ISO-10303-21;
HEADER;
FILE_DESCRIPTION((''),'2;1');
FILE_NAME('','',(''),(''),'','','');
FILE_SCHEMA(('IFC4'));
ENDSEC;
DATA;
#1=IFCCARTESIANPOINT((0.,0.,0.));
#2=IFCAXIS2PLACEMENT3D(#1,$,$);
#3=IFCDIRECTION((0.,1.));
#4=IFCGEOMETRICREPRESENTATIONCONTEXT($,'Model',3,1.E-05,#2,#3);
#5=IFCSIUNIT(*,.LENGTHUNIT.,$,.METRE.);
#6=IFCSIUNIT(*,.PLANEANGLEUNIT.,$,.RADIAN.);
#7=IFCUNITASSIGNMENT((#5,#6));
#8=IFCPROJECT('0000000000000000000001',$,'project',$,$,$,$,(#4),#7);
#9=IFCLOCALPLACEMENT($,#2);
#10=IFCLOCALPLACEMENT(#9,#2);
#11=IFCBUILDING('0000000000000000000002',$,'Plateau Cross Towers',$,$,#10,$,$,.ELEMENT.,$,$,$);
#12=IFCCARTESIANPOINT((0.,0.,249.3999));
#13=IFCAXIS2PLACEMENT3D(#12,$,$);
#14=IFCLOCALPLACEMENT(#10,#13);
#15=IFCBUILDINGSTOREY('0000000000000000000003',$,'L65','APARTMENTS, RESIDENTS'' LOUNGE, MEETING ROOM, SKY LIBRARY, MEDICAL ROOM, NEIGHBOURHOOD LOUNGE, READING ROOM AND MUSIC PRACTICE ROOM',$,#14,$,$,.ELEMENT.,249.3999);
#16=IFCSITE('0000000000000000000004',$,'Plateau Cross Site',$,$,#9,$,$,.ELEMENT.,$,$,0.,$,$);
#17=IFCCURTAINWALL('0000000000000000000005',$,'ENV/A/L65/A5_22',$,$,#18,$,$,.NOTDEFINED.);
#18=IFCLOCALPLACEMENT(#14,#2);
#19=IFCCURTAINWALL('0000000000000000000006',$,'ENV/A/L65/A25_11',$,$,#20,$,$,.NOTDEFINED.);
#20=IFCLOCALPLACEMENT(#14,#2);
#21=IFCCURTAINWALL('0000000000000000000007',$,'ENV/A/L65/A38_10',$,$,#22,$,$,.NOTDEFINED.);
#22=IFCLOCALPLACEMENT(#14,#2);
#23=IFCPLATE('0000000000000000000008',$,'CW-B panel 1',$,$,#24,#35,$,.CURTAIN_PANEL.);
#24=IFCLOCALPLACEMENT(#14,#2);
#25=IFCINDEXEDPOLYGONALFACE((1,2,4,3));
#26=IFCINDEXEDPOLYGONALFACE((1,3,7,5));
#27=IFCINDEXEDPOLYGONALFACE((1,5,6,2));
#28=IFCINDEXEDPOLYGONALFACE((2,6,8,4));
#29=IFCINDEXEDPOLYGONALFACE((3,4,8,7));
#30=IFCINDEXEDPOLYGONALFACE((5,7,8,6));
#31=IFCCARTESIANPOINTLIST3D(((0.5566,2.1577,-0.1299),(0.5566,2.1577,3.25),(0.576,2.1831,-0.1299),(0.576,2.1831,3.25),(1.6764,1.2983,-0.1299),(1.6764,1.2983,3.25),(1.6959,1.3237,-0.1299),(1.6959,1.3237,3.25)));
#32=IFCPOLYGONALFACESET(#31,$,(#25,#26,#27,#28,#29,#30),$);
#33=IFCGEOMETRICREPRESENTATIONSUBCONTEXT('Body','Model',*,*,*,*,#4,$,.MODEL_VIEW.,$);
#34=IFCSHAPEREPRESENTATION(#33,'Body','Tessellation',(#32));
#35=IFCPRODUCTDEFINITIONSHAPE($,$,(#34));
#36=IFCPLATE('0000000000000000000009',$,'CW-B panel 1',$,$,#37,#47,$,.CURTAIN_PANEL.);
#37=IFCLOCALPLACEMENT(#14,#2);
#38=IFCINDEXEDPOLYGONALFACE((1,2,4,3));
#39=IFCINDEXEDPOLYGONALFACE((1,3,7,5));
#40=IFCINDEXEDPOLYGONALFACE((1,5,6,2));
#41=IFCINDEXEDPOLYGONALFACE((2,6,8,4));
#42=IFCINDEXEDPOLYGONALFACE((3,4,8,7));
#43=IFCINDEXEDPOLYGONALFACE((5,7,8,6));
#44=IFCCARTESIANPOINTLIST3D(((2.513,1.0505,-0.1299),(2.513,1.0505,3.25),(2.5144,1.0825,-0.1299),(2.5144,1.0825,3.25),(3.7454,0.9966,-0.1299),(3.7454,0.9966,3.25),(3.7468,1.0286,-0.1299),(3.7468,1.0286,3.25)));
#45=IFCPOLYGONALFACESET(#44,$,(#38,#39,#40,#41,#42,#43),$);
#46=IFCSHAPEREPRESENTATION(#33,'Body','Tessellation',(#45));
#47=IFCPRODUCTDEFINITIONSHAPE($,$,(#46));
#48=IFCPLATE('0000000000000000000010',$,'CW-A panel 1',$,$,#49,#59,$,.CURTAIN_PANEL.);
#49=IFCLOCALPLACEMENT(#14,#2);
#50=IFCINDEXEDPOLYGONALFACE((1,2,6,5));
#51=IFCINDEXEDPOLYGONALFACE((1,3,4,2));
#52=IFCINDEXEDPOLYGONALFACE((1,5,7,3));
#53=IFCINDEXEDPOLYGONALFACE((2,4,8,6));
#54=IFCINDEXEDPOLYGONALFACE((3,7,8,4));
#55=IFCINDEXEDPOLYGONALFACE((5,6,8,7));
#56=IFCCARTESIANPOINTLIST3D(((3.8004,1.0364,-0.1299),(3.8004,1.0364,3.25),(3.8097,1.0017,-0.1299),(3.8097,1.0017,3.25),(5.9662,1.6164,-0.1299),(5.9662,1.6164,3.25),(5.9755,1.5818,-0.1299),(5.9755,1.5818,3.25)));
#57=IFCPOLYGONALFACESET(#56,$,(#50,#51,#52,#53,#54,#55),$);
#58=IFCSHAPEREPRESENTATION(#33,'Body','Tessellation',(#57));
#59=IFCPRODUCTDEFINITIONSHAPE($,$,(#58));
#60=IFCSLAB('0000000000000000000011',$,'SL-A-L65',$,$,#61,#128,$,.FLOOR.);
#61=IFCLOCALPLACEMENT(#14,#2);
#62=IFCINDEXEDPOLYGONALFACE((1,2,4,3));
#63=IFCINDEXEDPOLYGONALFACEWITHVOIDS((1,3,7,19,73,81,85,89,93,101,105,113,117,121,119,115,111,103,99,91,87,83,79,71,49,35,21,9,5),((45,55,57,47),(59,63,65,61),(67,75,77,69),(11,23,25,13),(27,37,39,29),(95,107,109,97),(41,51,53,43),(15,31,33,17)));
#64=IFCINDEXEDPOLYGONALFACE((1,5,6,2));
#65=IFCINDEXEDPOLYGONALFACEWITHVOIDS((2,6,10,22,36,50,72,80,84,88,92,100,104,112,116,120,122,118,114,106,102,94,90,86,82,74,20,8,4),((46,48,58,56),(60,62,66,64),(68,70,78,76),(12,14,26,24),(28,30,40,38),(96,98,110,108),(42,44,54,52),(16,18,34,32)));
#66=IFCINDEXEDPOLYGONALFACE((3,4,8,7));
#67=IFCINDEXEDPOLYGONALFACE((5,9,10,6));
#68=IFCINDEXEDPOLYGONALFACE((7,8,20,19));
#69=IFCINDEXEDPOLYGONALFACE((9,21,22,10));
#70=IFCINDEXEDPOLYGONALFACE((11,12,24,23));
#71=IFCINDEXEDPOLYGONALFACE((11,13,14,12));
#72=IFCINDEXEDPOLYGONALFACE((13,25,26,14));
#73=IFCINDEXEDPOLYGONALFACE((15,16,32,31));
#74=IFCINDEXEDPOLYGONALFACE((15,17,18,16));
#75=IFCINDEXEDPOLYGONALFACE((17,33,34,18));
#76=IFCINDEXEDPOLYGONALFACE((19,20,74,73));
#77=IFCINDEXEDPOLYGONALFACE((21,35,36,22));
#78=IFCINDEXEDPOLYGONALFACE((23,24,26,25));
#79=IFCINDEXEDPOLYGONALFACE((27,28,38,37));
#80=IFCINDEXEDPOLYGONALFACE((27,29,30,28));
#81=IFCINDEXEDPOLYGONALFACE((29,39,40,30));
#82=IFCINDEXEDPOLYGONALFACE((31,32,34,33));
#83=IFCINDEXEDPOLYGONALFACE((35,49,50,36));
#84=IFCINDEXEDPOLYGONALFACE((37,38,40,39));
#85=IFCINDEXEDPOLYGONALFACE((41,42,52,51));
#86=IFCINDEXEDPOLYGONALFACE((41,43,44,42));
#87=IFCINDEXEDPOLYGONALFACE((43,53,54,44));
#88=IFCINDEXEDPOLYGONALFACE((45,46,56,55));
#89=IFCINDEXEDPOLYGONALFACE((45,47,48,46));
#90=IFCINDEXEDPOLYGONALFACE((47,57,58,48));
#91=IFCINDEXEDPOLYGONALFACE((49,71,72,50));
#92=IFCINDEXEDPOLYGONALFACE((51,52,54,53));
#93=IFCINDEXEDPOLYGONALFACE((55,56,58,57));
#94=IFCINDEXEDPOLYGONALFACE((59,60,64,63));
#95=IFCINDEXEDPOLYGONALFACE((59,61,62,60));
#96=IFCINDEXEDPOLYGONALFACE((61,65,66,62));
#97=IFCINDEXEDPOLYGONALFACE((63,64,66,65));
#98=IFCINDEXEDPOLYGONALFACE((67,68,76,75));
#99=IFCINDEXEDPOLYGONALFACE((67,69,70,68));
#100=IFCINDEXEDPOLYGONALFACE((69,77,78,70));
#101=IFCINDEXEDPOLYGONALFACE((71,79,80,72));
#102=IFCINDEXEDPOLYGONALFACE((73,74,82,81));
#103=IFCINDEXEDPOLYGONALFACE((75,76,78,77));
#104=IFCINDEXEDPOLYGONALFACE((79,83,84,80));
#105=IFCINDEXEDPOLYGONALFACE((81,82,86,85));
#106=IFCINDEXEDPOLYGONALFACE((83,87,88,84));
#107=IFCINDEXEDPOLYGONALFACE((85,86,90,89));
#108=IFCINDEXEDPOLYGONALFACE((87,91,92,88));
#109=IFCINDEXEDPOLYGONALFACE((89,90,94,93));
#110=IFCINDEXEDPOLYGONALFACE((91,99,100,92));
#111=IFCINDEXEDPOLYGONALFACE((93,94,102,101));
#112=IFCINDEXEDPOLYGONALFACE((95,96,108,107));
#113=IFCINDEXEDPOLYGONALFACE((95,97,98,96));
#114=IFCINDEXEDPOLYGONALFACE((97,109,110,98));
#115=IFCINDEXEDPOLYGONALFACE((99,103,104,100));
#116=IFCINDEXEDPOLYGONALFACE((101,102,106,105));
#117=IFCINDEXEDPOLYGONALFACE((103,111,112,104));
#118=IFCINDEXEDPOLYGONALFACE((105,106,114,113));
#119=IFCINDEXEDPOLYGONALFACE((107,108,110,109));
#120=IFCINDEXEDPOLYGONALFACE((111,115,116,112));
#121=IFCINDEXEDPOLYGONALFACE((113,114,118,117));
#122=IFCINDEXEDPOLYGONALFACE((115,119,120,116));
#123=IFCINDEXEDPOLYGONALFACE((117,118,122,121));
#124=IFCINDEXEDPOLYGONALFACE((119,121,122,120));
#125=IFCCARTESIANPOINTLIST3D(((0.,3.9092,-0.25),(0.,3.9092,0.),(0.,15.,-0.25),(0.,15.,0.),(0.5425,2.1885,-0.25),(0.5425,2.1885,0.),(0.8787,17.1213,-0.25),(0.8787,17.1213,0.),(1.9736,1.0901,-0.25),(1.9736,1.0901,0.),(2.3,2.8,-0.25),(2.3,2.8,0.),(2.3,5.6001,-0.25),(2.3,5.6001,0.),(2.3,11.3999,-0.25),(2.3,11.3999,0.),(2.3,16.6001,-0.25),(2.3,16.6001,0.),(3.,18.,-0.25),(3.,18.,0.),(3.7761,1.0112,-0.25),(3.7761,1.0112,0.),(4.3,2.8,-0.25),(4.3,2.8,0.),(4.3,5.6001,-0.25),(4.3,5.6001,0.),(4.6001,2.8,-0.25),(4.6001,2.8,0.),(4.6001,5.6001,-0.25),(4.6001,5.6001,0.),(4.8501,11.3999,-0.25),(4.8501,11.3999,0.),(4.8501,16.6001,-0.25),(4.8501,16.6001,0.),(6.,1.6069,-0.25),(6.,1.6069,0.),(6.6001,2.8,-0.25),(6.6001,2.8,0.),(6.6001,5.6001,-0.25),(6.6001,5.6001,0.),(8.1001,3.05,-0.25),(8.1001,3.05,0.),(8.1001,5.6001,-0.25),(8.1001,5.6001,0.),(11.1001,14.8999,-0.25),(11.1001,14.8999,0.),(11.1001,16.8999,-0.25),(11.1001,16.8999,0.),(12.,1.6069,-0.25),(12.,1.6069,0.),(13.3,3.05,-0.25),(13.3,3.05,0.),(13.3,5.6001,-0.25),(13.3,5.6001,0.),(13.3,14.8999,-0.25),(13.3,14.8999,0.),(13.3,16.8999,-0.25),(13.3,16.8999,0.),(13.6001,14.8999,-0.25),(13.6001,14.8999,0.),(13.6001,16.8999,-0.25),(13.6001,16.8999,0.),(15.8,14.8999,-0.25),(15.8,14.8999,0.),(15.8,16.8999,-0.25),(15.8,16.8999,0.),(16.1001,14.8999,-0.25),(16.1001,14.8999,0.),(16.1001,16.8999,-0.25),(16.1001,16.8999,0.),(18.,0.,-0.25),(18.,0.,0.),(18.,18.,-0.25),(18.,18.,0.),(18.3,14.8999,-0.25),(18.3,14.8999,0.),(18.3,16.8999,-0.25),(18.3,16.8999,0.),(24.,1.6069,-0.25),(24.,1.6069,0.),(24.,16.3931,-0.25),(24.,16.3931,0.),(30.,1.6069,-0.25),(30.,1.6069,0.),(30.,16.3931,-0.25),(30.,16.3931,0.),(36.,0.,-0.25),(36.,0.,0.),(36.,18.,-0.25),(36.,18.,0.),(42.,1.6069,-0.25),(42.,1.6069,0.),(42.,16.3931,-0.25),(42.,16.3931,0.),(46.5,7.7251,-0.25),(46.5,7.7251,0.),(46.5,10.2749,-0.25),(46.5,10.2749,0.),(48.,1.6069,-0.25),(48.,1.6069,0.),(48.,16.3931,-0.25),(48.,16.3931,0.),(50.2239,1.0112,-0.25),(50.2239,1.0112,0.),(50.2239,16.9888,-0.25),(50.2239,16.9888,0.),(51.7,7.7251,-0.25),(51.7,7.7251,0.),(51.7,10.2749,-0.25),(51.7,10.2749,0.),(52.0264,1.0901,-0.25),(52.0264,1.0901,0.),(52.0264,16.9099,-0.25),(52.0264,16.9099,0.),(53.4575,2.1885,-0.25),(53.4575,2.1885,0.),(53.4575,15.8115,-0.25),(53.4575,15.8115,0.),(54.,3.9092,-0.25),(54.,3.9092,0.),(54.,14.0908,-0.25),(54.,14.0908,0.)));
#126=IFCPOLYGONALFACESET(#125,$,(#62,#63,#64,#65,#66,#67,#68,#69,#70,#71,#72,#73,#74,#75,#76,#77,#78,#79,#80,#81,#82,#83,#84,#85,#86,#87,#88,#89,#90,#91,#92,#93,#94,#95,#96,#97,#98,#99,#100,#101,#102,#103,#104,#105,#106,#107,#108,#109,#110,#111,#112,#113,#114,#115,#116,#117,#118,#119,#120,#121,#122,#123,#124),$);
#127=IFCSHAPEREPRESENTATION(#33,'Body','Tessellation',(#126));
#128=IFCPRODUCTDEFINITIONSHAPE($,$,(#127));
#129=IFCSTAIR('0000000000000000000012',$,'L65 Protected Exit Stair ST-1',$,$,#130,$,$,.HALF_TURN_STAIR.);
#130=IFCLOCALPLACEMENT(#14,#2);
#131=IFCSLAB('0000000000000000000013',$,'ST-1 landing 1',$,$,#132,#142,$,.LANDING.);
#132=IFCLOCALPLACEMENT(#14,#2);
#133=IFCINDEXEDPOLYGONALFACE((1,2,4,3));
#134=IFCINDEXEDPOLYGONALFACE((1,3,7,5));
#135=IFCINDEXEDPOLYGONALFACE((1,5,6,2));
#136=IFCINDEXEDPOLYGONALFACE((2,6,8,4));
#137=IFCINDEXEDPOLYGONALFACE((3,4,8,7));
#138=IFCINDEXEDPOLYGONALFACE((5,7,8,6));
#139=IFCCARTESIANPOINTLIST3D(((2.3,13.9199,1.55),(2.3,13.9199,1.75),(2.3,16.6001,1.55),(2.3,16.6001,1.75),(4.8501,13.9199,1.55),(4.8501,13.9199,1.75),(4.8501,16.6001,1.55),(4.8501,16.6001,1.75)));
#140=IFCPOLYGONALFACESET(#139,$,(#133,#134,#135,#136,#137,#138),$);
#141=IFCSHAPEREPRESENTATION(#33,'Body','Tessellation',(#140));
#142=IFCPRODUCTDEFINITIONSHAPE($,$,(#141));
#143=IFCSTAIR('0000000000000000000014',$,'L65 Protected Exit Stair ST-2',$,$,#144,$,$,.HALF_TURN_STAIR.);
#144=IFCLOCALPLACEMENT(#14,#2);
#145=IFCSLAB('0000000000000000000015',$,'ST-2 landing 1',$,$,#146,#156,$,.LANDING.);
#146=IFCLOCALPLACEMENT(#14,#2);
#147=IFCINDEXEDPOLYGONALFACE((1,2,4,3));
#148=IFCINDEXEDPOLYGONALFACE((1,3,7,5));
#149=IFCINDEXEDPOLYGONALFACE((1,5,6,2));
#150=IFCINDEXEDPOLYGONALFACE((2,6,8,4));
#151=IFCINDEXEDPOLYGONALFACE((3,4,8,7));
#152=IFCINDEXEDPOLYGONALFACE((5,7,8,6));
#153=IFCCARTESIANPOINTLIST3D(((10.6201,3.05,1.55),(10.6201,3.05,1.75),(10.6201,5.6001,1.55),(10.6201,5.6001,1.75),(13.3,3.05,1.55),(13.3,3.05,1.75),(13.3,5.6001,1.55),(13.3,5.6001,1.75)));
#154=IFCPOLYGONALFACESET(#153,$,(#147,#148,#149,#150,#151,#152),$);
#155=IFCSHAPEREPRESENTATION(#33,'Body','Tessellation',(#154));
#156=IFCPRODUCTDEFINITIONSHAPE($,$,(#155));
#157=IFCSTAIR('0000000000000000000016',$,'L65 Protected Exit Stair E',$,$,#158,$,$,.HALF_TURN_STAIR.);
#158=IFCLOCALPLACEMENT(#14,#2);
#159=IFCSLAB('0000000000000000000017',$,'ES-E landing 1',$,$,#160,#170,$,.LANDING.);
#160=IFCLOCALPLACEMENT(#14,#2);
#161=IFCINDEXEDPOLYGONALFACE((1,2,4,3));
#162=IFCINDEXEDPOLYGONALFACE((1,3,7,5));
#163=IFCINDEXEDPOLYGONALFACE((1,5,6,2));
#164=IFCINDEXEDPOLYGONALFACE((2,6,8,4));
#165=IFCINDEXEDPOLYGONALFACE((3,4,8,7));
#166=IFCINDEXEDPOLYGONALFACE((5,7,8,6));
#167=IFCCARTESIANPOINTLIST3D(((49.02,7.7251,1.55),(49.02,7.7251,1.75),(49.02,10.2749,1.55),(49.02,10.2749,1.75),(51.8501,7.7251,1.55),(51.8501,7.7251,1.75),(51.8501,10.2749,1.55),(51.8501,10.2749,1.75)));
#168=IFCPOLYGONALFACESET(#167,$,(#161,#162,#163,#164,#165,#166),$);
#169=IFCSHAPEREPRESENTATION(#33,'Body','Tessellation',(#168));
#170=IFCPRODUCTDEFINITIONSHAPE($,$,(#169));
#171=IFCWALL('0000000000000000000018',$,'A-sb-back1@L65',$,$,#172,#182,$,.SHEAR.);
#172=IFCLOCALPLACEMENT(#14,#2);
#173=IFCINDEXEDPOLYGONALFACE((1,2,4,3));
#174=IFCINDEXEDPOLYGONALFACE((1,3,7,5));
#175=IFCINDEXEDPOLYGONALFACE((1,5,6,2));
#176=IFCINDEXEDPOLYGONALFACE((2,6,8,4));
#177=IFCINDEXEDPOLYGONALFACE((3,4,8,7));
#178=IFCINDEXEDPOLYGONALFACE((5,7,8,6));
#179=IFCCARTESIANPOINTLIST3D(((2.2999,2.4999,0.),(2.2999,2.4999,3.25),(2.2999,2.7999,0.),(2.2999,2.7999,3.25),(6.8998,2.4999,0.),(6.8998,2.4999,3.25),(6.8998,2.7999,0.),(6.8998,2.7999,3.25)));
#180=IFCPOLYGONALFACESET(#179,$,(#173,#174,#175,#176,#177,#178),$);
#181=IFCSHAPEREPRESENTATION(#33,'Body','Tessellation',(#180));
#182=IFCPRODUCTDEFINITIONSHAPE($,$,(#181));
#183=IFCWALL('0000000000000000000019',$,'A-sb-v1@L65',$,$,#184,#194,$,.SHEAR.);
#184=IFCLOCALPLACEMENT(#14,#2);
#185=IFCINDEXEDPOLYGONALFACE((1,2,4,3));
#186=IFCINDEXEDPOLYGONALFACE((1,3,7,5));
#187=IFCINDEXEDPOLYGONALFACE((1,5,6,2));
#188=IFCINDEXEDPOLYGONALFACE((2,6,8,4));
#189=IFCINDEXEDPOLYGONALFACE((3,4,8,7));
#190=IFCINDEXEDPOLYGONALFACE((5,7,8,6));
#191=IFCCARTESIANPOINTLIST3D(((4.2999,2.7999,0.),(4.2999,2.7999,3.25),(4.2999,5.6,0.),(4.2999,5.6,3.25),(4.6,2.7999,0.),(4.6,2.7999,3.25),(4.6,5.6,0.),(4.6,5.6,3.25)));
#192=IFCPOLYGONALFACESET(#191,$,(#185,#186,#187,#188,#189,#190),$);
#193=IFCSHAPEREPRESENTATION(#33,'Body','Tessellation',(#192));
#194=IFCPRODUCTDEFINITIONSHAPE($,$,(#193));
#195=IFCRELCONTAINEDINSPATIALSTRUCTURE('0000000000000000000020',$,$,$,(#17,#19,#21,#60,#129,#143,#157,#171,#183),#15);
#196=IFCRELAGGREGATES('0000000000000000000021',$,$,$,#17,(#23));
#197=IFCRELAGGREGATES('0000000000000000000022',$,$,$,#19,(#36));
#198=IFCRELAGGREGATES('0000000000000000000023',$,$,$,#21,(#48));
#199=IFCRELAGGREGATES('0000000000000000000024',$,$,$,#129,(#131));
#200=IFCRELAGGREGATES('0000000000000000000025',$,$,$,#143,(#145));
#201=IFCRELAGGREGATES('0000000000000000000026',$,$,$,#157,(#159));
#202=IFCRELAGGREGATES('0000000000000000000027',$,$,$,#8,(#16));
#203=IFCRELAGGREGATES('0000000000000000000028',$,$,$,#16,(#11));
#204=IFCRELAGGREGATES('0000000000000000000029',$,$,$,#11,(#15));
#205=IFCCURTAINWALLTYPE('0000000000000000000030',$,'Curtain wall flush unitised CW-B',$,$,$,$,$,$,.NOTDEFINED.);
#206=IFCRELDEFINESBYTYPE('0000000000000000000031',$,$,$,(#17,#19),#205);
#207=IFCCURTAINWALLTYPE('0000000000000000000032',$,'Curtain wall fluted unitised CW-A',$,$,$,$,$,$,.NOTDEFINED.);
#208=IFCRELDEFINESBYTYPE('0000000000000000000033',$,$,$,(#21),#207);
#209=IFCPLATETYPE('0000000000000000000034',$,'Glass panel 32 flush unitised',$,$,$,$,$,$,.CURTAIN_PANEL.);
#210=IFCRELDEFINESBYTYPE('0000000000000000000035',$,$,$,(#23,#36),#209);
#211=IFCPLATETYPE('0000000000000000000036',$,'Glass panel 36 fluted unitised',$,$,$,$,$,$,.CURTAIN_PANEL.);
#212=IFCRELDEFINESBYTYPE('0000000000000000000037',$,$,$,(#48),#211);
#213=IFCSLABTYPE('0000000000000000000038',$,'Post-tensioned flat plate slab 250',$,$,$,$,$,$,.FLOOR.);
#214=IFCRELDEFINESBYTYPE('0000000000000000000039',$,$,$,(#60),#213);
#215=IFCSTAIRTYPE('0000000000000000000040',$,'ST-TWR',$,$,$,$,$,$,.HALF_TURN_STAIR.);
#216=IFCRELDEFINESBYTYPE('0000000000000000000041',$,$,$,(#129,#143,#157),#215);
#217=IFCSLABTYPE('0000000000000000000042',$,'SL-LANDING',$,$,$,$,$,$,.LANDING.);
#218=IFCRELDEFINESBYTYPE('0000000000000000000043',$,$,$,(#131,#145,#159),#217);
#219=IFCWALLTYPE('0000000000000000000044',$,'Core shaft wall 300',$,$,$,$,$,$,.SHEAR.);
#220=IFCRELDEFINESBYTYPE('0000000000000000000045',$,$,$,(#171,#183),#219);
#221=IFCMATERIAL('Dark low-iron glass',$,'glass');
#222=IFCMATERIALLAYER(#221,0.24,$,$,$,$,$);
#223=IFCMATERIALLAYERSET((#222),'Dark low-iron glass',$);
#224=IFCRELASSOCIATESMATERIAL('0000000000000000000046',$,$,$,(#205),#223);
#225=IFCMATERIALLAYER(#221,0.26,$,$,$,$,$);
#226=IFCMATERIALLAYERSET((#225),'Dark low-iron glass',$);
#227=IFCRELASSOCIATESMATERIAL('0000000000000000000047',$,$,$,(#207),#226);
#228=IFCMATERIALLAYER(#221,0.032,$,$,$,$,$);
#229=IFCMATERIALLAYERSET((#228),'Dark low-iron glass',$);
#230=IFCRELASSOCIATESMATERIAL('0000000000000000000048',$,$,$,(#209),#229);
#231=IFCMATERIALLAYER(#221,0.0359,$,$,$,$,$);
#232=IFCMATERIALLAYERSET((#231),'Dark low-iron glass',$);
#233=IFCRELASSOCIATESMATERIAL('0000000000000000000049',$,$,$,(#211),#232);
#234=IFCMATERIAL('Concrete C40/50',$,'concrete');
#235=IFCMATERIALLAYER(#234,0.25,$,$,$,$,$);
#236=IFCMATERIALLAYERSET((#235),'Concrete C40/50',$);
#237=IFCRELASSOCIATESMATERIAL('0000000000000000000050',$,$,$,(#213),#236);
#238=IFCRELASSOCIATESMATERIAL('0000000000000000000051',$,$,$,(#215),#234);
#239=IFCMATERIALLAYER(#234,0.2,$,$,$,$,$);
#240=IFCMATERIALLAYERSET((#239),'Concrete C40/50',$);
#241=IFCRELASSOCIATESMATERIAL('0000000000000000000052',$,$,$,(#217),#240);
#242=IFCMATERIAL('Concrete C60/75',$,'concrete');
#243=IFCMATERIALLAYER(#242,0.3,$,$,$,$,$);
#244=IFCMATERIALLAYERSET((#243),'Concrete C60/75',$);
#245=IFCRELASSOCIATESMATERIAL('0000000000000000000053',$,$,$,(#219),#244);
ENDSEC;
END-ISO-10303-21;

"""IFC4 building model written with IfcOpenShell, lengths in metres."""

from ifc_helpers import new_model, si_unit, direction, frame, frame_2d, origin, origin_2d, place, context, subcontext, project, spatial, polyline, rectangle, outline, extrude, material, layer, layer_set, type_object, element, aggregate, save


model = new_model("IFC4")

# Units and contexts
model_context = context("Model", 3, precision=1e-05, world=origin(), true_north=direction((0.0, 1.0)))
body_context = subcontext(model_context, "Body", "Model", "MODEL_VIEW")
ifc_project = project(units=[si_unit("LENGTHUNIT", "METRE"), si_unit("PLANEANGLEUNIT", "RADIAN")], contexts=[model_context])

# Site, building, storey
site_placement = place(None, origin())
site = spatial("IfcSite", under=ifc_project, at=site_placement, Name="Plateau Cross Site", CompositionType="ELEMENT", RefElevation=0.0)
building_placement = place(site_placement, origin())
building = spatial("IfcBuilding", under=site, at=building_placement, Name="Plateau Cross Towers", CompositionType="ELEMENT")
storey_placement = place(building_placement, frame((0.0, 0.0, 249.3999)))
storey = spatial("IfcBuildingStorey", under=building, at=storey_placement, Name="L65", Description="APARTMENTS, RESIDENTS' LOUNGE, MEETING ROOM, SKY LIBRARY, MEDICAL ROOM, NEIGHBOURHOOD LOUNGE, READING ROOM AND MUSIC PRACTICE ROOM", CompositionType="ELEMENT", Elevation=249.3999)

# Shared definitions
ifc_material_1 = material(Name="Concrete C60/75", Category="concrete")

# Shared definitions
ifc_material_2 = material(Name="Dark low-iron glass", Category="glass")
ifc_layer_1 = layer(ifc_material_2, 0.24)
ifc_layer_set_1 = layer_set([ifc_layer_1], Name="Dark low-iron glass")
curtain_wall_type_1 = type_object("IfcCurtainWallType", Name="Curtain wall flush unitised CW-B", PredefinedType="NOTDEFINED", material=ifc_layer_set_1)

# Curtain wall
curtain_wall_1_placement = place(storey_placement, origin())
curtain_wall_1 = element("IfcCurtainWall", 1, at=curtain_wall_1_placement, inside=storey, type_object=curtain_wall_type_1, Name="ENV/A/L65/A5_22", PredefinedType="NOTDEFINED")

# Curtain walls
curtain_wall_2_placement = place(storey_placement, origin())
curtain_wall_2 = element("IfcCurtainWall", 2, at=curtain_wall_2_placement, inside=storey, type_object=curtain_wall_type_1, Name="ENV/A/L65/A25_11", PredefinedType="NOTDEFINED")
ifc_layer_2 = layer(ifc_material_2, 0.26)
ifc_layer_set_2 = layer_set([ifc_layer_2], Name="Dark low-iron glass")
curtain_wall_type_2 = type_object("IfcCurtainWallType", Name="Curtain wall fluted unitised CW-A", PredefinedType="NOTDEFINED", material=ifc_layer_set_2)
curtain_wall_3_placement = place(storey_placement, origin())
curtain_wall_3 = element("IfcCurtainWall", 3, at=curtain_wall_3_placement, inside=storey, type_object=curtain_wall_type_2, Name="ENV/A/L65/A38_10", PredefinedType="NOTDEFINED")

# Plates
ifc_layer_3 = layer(ifc_material_2, 0.032)
ifc_layer_set_3 = layer_set([ifc_layer_3], Name="Dark low-iron glass")
plate_type_1 = type_object("IfcPlateType", Name="Glass panel 32 flush unitised", PredefinedType="CURTAIN_PANEL", material=ifc_layer_set_3)
plate_1_placement = place(storey_placement, frame((1.1262, 1.7407, -0.1299), z_axis=(0.0, 0.0, 1.0), x_axis=(0.793316, -0.608811, 0.0)))
plate_1 = element("IfcPlate", 4, at=plate_1_placement, type_object=plate_type_1, Name="CW-B panel 1", PredefinedType="CURTAIN_PANEL", context=body_context, shape_type="SweptSolid", body=[
    extrude(rectangle(XDim=1.4116, YDim=0.032, at=origin_2d()), origin(), (0.0, 0.0, 1.0), 3.3799),
])
aggregate(curtain_wall_1, [plate_1])
plate_2_placement = place(storey_placement, frame((3.1299, 1.0396, -0.1299), z_axis=(0.0, 0.0, 1.0), x_axis=(0.999044, -0.043723, 0.0)))
plate_2 = element("IfcPlate", 5, at=plate_2_placement, type_object=plate_type_1, Name="CW-B panel 1", PredefinedType="CURTAIN_PANEL", context=body_context, shape_type="SweptSolid", body=[
    extrude(rectangle(XDim=1.2336, YDim=0.032, at=origin_2d()), origin(), (0.0, 0.0, 1.0), 3.3799),
])
aggregate(curtain_wall_2, [plate_2])
ifc_layer_4 = layer(ifc_material_2, 0.0359)
ifc_layer_set_4 = layer_set([ifc_layer_4], Name="Dark low-iron glass")
plate_type_2 = type_object("IfcPlateType", Name="Glass panel 36 fluted unitised", PredefinedType="CURTAIN_PANEL", material=ifc_layer_set_4)
plate_3_placement = place(storey_placement, frame((4.8879, 1.3091, -0.1299), z_axis=(0.0, 0.0, 1.0), x_axis=(0.965958, 0.258699, 0.0)))
plate_3 = element("IfcPlate", 6, at=plate_3_placement, type_object=plate_type_2, Name="CW-A panel 1", PredefinedType="CURTAIN_PANEL", context=body_context, shape_type="SweptSolid", body=[
    extrude(rectangle(XDim=2.2422, YDim=0.0359, at=origin_2d()), origin(), (0.0, 0.0, 1.0), 3.3799),
])
aggregate(curtain_wall_3, [plate_3])

# Slab
ifc_material_3 = material(Name="Concrete C40/50", Category="concrete")
ifc_layer_5 = layer(ifc_material_3, 0.25)
ifc_layer_set_5 = layer_set([ifc_layer_5], Name="Concrete C40/50")
slab_type_1 = type_object("IfcSlabType", Name="Post-tensioned flat plate slab 250", PredefinedType="FLOOR", material=ifc_layer_set_5)
slab_1_placement = place(storey_placement, frame((0.0, 0.0, -0.25)))
element("IfcSlab", 7, at=slab_1_placement, inside=storey, type_object=slab_type_1, Name="SL-A-L65", PredefinedType="FLOOR", context=body_context, shape_type="SweptSolid", body=[
    extrude(outline(polyline([(1.9736, 1.0901), (0.5425, 2.1885), (0.0, 3.9092), (0.0, 15.0), (0.8787, 17.1213), (3.0, 18.0), (18.0, 18.0), (24.0, 16.3931), (30.0, 16.3931), (36.0, 18.0), (42.0, 16.3931), (48.0, 16.3931), (50.2239, 16.9888), (52.0264, 16.9099), (53.4575, 15.8115), (54.0, 14.0908), (54.0, 3.9092), (53.4575, 2.1885), (52.0264, 1.0901), (50.2239, 1.0112), (48.0, 1.6069), (42.0, 1.6069), (36.0, 0.0), (30.0, 1.6069), (24.0, 1.6069), (18.0, 0.0), (12.0, 1.6069), (6.0, 1.6069), (3.7761, 1.0112), (1.9736, 1.0901)]), holes=[polyline([(4.3, 5.6001), (2.3, 5.6001), (2.3, 2.8), (4.3, 2.8), (4.3, 5.6001)]), polyline([(6.6001, 5.6001), (4.6001, 5.6001), (4.6001, 2.8), (6.6001, 2.8), (6.6001, 5.6001)]), polyline([(13.3, 5.6001), (8.1001, 5.6001), (8.1001, 3.05), (13.3, 3.05), (13.3, 5.6001)]), polyline([(51.7, 10.2749), (46.5, 10.2749), (46.5, 7.7251), (51.7, 7.7251), (51.7, 10.2749)]), polyline([(2.3, 16.6001), (2.3, 11.3999), (4.8501, 11.3999), (4.8501, 16.6001), (2.3, 16.6001)]), polyline([(13.3, 16.8999), (11.1001, 16.8999), (11.1001, 14.8999), (13.3, 14.8999), (13.3, 16.8999)]), polyline([(15.8, 16.8999), (13.6001, 16.8999), (13.6001, 14.8999), (15.8, 14.8999), (15.8, 16.8999)]), polyline([(18.3, 16.8999), (16.1001, 16.8999), (16.1001, 14.8999), (18.3, 14.8999), (18.3, 16.8999)])]), origin(), (0.0, 0.0, 1.0), 0.25),
])

# Stairs, slabs
stair_type = type_object("IfcStairType", Name="ST-TWR", PredefinedType="HALF_TURN_STAIR", material=ifc_material_3)
stair_1_placement = place(storey_placement, origin())
stair_1 = element("IfcStair", 8, at=stair_1_placement, inside=storey, type_object=stair_type, Name="L65 Protected Exit Stair ST-1", PredefinedType="HALF_TURN_STAIR")
ifc_layer_6 = layer(ifc_material_3, 0.2)
ifc_layer_set_6 = layer_set([ifc_layer_6], Name="Concrete C40/50")
slab_type_2 = type_object("IfcSlabType", Name="SL-LANDING", PredefinedType="LANDING", material=ifc_layer_set_6)
slab_2_placement = place(storey_placement, frame((0.0, 0.0, 1.55)))
slab_2 = element("IfcSlab", 9, at=slab_2_placement, type_object=slab_type_2, Name="ST-1 landing 1", PredefinedType="LANDING", context=body_context, shape_type="SweptSolid", body=[
    extrude(outline(polyline([(4.8501, 13.9199), (4.8501, 16.6001), (2.3, 16.6001), (2.3, 13.9199), (4.8501, 13.9199)])), origin(), (0.0, 0.0, 1.0), 0.2),
])
aggregate(stair_1, [slab_2])
stair_2_placement = place(storey_placement, origin())
stair_2 = element("IfcStair", 10, at=stair_2_placement, inside=storey, type_object=stair_type, Name="L65 Protected Exit Stair ST-2", PredefinedType="HALF_TURN_STAIR")
slab_3_placement = place(storey_placement, frame((0.0, 0.0, 1.55)))
slab_3 = element("IfcSlab", 11, at=slab_3_placement, type_object=slab_type_2, Name="ST-2 landing 1", PredefinedType="LANDING", context=body_context, shape_type="SweptSolid", body=[
    extrude(outline(polyline([(10.6201, 3.05), (13.3, 3.05), (13.3, 5.6001), (10.6201, 5.6001), (10.6201, 3.05)])), origin(), (0.0, 0.0, 1.0), 0.2),
])
aggregate(stair_2, [slab_3])
stair_3_placement = place(storey_placement, origin())
stair_3 = element("IfcStair", 12, at=stair_3_placement, inside=storey, type_object=stair_type, Name="L65 Protected Exit Stair E", PredefinedType="HALF_TURN_STAIR")
slab_4_placement = place(storey_placement, frame((0.0, 0.0, 1.55)))
slab_4 = element("IfcSlab", 13, at=slab_4_placement, type_object=slab_type_2, Name="ES-E landing 1", PredefinedType="LANDING", context=body_context, shape_type="SweptSolid", body=[
    extrude(outline(polyline([(49.02, 7.7251), (51.8501, 7.7251), (51.8501, 10.2749), (49.02, 10.2749), (49.02, 7.7251)])), origin(), (0.0, 0.0, 1.0), 0.2),
])
aggregate(stair_3, [slab_4])

# Walls
ifc_layer_7 = layer(ifc_material_1, 0.3)
ifc_layer_set_7 = layer_set([ifc_layer_7], Name="Concrete C60/75")
wall_type_1 = type_object("IfcWallType", Name="Core shaft wall 300", PredefinedType="SHEAR", material=ifc_layer_set_7)
wall_1_placement = place(storey_placement, frame((2.3, 2.6499, 0.0), z_axis=(0.0, 0.0, 1.0), x_axis=(1.0, 0.0, 0.0)))
element("IfcWall", 14, at=wall_1_placement, inside=storey, type_object=wall_type_1, Name="A-sb-back1@L65", PredefinedType="SHEAR", context=body_context, shape_type="SweptSolid", body=[
    extrude(rectangle(XDim=4.5999, YDim=0.3, at=frame_2d((2.2998, 0.0))), origin(), (0.0, 0.0, 1.0), 3.25),
])
wall_2_placement = place(storey_placement, frame((4.45, 2.8, 0.0), z_axis=(0.0, 0.0, 1.0), x_axis=(0.0, 1.0, 0.0)))
element("IfcWall", 15, at=wall_2_placement, inside=storey, type_object=wall_type_1, Name="A-sb-v1@L65", PredefinedType="SHEAR", context=body_context, shape_type="SweptSolid", body=[
    extrude(rectangle(XDim=2.8, YDim=0.3, at=frame_2d((1.3999, 0.0))), origin(), (0.0, 0.0, 1.0), 3.25),
])

save(model, "model.ifc")
